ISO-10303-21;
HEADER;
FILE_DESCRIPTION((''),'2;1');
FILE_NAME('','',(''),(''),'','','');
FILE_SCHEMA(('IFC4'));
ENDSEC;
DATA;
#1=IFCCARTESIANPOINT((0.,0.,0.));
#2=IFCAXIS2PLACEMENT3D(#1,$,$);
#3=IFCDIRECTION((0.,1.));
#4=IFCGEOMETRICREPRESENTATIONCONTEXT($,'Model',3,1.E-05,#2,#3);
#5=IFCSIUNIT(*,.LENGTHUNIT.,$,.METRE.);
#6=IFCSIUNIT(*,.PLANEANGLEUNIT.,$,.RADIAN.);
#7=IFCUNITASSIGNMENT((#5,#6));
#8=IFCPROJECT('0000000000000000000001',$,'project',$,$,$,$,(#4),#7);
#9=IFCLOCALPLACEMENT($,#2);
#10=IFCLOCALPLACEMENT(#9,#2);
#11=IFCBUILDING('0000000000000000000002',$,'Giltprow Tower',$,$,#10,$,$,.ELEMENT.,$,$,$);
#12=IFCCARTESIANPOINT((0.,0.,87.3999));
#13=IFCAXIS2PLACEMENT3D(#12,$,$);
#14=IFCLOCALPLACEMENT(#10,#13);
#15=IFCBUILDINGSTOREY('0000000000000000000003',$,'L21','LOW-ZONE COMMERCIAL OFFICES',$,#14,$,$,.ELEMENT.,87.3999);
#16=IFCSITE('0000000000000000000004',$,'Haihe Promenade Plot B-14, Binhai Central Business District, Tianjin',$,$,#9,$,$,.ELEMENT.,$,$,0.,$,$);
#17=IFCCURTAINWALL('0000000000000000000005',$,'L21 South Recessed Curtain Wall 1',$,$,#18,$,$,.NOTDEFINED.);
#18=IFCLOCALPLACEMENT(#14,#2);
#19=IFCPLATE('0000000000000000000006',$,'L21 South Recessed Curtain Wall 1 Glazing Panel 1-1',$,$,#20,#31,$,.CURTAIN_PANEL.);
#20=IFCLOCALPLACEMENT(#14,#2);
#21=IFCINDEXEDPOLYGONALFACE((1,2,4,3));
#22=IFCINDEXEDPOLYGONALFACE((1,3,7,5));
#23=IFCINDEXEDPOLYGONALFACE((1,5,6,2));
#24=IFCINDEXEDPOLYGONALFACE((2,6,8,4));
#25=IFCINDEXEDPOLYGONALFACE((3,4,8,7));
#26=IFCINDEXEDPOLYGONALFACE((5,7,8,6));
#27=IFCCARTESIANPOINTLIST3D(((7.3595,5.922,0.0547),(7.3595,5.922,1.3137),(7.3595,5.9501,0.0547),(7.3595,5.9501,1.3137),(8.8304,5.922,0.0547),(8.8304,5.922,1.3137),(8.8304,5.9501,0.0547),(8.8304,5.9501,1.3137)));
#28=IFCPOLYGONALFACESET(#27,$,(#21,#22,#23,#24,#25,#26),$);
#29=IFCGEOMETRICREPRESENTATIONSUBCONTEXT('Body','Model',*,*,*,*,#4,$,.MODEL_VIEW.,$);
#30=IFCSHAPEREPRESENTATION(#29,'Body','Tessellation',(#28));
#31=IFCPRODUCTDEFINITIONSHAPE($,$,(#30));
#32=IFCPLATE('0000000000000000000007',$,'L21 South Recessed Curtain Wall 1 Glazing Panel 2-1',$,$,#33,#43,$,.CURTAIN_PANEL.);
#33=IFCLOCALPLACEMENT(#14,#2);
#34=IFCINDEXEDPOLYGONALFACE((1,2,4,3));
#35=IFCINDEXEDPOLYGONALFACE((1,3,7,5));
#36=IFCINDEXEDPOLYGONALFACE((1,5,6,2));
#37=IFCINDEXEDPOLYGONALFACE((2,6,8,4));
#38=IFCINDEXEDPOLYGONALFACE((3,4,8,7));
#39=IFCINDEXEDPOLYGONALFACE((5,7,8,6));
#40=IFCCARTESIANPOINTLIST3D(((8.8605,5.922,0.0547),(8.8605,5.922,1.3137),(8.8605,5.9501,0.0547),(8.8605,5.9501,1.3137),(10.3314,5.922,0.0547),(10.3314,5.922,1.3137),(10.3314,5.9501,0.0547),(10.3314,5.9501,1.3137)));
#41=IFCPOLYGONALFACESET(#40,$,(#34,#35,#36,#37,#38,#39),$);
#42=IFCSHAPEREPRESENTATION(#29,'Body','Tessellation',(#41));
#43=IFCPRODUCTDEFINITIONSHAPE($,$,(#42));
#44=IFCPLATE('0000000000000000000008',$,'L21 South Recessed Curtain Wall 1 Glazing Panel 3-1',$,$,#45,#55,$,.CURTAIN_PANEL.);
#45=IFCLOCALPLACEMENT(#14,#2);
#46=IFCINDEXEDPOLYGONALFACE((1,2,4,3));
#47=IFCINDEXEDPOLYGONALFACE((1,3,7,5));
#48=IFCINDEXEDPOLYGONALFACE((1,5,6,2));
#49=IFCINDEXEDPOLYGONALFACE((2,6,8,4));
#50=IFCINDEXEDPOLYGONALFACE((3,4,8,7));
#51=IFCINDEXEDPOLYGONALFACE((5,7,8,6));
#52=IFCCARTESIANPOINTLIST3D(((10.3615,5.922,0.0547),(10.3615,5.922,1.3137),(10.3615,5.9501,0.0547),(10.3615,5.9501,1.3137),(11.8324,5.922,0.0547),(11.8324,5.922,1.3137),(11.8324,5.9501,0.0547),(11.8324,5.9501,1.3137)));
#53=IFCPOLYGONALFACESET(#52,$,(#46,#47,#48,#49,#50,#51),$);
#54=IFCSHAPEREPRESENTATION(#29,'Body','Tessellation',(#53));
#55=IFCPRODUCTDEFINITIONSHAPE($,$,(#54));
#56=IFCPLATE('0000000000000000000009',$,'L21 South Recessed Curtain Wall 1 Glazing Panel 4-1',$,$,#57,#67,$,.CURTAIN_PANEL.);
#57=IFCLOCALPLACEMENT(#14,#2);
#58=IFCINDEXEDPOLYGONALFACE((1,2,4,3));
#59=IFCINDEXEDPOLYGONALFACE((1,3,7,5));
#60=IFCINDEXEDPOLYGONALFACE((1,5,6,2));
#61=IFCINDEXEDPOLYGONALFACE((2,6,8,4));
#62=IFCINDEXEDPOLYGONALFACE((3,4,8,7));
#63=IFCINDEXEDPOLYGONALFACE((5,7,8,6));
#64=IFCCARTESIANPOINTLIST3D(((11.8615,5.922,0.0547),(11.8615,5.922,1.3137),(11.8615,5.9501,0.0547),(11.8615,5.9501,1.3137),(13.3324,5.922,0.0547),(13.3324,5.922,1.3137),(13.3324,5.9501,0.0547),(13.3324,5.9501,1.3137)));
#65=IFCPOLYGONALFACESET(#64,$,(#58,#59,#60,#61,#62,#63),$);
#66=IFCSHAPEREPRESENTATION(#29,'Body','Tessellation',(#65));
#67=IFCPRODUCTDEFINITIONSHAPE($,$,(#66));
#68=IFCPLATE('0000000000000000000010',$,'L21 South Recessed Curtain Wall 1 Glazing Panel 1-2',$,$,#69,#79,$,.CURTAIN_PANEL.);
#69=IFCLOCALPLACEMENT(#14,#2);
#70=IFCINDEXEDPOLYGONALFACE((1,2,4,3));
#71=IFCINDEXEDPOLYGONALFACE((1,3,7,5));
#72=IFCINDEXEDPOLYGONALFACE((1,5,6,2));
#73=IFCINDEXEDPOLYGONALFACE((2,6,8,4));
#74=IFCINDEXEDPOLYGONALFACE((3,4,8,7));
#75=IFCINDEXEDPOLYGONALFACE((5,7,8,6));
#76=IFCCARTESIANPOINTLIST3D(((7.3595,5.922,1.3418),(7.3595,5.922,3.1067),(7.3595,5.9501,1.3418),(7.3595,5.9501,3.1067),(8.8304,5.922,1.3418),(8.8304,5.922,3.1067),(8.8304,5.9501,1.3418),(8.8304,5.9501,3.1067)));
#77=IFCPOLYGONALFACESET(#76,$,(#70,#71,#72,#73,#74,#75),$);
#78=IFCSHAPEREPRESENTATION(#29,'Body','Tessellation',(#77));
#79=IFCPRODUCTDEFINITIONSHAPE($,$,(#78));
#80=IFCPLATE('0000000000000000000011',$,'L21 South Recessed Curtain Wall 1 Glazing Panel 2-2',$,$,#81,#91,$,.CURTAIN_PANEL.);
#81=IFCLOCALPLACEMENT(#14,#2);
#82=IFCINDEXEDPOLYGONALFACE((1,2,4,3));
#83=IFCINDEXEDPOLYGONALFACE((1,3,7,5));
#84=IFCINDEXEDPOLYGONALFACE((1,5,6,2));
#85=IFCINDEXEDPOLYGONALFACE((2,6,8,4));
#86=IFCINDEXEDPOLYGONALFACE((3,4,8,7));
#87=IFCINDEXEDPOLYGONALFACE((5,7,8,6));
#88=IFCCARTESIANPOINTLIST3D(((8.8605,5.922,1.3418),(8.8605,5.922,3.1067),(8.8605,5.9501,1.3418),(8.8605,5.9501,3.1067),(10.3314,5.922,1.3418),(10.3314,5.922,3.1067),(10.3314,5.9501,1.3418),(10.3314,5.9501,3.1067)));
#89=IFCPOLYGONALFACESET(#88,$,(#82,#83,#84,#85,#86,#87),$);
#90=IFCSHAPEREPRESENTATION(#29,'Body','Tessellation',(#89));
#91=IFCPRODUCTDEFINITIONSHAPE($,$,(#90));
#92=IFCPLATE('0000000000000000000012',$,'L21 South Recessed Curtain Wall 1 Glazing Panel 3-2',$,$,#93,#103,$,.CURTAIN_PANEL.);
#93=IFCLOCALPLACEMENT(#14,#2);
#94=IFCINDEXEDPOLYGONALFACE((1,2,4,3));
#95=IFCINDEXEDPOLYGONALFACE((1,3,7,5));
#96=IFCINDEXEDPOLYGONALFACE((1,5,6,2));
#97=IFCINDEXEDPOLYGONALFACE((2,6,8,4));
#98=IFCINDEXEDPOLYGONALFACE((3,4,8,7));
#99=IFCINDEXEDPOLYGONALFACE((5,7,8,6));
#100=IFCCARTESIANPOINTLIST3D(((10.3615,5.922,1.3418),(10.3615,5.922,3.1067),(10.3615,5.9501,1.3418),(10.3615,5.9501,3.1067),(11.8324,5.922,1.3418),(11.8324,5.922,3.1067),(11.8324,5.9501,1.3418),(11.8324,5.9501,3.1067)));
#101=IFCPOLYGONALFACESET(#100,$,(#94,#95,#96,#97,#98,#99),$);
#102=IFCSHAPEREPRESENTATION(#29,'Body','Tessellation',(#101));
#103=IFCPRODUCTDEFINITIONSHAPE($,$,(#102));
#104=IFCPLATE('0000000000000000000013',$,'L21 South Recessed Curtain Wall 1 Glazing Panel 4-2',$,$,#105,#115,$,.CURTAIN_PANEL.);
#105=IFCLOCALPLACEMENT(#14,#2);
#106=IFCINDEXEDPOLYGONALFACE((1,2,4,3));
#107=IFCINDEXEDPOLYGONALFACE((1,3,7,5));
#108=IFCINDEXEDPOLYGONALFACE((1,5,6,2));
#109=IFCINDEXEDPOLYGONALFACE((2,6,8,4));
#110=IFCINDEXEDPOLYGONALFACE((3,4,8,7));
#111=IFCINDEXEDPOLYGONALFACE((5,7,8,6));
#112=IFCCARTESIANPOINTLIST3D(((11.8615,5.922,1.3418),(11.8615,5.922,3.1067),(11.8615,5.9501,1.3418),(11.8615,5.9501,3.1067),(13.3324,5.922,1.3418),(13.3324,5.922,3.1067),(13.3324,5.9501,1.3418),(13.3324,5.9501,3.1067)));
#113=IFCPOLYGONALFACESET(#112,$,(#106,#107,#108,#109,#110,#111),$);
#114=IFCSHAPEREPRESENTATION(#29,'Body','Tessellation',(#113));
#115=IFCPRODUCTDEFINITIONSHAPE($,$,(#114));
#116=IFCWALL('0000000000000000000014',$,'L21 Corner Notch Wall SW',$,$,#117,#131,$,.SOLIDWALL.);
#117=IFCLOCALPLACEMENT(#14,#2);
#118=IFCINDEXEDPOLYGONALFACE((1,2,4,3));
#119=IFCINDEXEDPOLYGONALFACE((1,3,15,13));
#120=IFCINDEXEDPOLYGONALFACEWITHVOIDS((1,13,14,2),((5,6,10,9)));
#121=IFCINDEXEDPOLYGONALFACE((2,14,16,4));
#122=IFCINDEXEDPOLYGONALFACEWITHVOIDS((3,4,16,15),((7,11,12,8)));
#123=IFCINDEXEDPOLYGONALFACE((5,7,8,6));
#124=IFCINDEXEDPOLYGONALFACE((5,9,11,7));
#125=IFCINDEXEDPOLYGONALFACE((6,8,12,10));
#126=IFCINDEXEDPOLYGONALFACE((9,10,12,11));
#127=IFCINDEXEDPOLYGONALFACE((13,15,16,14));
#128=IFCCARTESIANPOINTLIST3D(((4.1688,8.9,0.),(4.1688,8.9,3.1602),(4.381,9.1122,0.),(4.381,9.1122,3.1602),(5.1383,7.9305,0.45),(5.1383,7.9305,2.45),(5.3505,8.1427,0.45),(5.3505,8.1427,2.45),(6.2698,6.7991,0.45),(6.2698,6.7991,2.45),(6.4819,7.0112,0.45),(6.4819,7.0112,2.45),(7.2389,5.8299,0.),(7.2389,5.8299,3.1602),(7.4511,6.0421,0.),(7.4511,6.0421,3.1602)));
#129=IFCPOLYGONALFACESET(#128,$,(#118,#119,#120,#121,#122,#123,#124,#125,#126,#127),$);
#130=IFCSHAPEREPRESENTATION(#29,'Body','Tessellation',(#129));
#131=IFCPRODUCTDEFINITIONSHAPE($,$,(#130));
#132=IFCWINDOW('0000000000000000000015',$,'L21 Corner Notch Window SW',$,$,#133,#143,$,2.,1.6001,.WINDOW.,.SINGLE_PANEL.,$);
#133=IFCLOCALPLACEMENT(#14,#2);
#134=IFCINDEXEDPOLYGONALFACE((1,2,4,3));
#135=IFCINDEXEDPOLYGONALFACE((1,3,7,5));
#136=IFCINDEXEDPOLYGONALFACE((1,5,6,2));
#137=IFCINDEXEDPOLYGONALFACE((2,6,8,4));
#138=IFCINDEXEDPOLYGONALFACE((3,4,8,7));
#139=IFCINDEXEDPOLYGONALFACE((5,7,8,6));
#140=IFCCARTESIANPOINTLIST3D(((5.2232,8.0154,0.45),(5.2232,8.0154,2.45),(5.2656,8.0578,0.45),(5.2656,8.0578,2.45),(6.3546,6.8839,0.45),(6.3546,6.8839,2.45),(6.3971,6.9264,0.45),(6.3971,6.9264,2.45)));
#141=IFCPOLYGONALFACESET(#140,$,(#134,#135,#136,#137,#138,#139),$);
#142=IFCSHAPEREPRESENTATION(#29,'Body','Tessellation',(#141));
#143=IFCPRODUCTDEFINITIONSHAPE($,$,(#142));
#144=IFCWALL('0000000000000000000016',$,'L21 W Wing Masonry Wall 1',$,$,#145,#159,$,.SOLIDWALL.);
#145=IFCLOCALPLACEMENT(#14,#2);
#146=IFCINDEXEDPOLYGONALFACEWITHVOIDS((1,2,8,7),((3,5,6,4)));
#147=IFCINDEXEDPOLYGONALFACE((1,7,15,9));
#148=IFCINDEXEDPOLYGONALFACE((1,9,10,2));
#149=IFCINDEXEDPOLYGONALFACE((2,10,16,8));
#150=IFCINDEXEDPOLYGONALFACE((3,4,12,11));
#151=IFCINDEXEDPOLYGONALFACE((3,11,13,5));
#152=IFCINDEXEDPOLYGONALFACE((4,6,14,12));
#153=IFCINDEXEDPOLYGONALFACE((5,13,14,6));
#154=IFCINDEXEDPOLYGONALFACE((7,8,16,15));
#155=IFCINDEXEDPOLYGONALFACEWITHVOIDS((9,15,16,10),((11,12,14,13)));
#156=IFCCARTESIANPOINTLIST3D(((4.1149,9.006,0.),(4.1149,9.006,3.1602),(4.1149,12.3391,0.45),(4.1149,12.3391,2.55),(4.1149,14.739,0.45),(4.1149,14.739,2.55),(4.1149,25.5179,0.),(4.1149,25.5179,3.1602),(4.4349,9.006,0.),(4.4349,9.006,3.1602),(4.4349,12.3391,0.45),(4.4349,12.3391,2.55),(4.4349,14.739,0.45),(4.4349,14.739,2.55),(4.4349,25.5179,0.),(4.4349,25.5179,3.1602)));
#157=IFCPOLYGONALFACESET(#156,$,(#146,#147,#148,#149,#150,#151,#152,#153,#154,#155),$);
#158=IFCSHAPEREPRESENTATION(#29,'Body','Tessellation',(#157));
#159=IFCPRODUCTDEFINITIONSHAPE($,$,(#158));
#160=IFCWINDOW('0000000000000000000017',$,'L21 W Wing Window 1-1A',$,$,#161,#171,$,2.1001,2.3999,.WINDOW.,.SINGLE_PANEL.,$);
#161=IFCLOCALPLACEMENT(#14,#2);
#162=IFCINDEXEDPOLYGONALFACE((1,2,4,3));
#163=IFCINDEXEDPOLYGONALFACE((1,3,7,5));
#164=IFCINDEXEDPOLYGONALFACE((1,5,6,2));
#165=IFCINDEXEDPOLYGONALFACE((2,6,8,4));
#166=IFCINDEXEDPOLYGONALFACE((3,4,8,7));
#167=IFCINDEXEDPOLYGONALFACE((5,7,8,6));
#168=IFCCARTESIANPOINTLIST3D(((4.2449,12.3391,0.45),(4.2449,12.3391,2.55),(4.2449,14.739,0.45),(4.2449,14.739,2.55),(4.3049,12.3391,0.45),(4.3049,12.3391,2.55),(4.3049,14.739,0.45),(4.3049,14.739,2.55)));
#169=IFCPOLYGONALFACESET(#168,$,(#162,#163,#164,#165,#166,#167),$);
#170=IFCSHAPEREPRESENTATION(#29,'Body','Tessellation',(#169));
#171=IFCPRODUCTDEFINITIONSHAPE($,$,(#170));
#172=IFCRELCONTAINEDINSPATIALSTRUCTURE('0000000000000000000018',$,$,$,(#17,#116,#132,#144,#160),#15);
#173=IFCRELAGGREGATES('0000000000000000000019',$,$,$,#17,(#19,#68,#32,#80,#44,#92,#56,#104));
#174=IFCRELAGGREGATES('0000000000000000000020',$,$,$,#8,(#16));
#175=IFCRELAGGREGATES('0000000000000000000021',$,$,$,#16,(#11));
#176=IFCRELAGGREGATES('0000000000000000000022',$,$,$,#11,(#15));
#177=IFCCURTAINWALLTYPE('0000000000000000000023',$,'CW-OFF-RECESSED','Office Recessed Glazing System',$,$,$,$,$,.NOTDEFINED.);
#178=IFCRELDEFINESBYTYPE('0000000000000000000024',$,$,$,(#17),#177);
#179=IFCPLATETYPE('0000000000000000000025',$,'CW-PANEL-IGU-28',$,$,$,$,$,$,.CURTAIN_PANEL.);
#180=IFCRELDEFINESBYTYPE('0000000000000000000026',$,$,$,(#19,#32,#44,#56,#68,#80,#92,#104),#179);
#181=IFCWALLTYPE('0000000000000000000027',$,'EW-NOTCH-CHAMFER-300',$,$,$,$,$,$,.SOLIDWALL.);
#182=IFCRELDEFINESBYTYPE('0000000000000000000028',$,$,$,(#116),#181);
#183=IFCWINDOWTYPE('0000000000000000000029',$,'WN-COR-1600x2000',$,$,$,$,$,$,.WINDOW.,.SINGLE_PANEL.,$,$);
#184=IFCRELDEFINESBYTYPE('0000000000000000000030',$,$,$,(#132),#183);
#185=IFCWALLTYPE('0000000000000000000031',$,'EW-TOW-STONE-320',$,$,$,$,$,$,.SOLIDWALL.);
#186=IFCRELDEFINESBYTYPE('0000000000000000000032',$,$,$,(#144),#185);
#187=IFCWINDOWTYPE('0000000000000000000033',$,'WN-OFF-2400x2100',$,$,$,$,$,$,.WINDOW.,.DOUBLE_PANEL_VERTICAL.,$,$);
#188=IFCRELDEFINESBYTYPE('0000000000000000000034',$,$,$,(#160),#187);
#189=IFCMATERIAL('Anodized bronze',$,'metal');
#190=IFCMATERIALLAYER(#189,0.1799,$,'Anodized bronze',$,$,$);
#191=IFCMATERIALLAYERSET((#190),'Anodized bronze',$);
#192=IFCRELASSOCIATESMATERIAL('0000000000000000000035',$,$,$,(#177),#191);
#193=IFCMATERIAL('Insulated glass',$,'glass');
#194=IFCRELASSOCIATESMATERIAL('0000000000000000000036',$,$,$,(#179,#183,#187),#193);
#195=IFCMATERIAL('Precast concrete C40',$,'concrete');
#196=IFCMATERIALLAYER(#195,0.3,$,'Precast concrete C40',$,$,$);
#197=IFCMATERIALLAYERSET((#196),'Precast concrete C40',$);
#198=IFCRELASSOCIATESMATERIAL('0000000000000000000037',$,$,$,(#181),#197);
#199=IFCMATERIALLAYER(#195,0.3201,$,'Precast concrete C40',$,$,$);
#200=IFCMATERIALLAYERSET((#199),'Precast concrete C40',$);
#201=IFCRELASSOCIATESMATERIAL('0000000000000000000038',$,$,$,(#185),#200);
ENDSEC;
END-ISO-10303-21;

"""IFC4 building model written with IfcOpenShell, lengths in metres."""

from ifc_helpers import new_model, si_unit, direction, frame, frame_2d, origin, origin_2d, place, context, subcontext, project, spatial, rectangle, extrude, source, transform, mapped, material, layer, layer_set, type_object, element, fill, aggregate, save


model = new_model("IFC4")

# Units and contexts
model_context = context("Model", 3, precision=1e-05, world=origin(), true_north=direction((0.0, 1.0)))
body_context = subcontext(model_context, "Body", "Model", "MODEL_VIEW")
ifc_project = project(units=[si_unit("LENGTHUNIT", "METRE"), si_unit("PLANEANGLEUNIT", "RADIAN")], contexts=[model_context])

# Site, building, storey
site_placement = place(None, origin())
site = spatial("IfcSite", under=ifc_project, at=site_placement, Name="Haihe Promenade Plot B-14, Binhai Central Business District, Tianjin", CompositionType="ELEMENT", RefElevation=0.0)
building_placement = place(site_placement, origin())
building = spatial("IfcBuilding", under=site, at=building_placement, Name="Giltprow Tower", CompositionType="ELEMENT")
storey_placement = place(building_placement, frame((0.0, 0.0, 87.3999)))
storey = spatial("IfcBuildingStorey", under=building, at=storey_placement, Name="L21", Description="LOW-ZONE COMMERCIAL OFFICES", CompositionType="ELEMENT", Elevation=87.3999)

# Curtain wall
ifc_material_1 = material(Name="Anodized bronze", Category="metal")
ifc_layer_1 = layer(ifc_material_1, 0.1799, Name="Anodized bronze")
ifc_layer_set_1 = layer_set([ifc_layer_1], Name="Anodized bronze")
curtain_wall_type = type_object("IfcCurtainWallType", Name="CW-OFF-RECESSED", Description="Office Recessed Glazing System", PredefinedType="NOTDEFINED", material=ifc_layer_set_1)
curtain_wall_placement = place(storey_placement, origin())
curtain_wall = element("IfcCurtainWall", 1, at=curtain_wall_placement, inside=storey, type_object=curtain_wall_type, Name="L21 South Recessed Curtain Wall 1", PredefinedType="NOTDEFINED")

# Plates
ifc_material_2 = material(Name="Insulated glass", Category="glass")
plate_type = type_object("IfcPlateType", Name="CW-PANEL-IGU-28", PredefinedType="CURTAIN_PANEL", material=ifc_material_2)
shared_shape_1 = source(origin(), body_context, "Body", "SweptSolid", [
    extrude(rectangle(XDim=1.4709, YDim=0.0281, at=origin_2d()), origin(), (0.0, 0.0, 1.0), 1.259),
])
plate_1_placement = place(storey_placement, frame((8.095, 5.936, 0.0547), z_axis=(0.0, 0.0, 1.0), x_axis=(1.0, 0.0, 0.0)))
plate_1 = element("IfcPlate", 2, at=plate_1_placement, type_object=plate_type, Name="L21 South Recessed Curtain Wall 1 Glazing Panel 1-1", PredefinedType="CURTAIN_PANEL", context=body_context, shape_type="MappedRepresentation", body=[
    mapped(shared_shape_1, transform((0.0, 0.0, 0.0), x_axis=(1.0, 0.0, 0.0), y_axis=(0.0, 1.0, 0.0), z_axis=(0.0, 0.0, 1.0), scale=1.0)),
])
plate_2_placement = place(storey_placement, frame((9.5959, 5.936, 0.0547), z_axis=(0.0, 0.0, 1.0), x_axis=(1.0, 0.0, 0.0)))
plate_2 = element("IfcPlate", 3, at=plate_2_placement, type_object=plate_type, Name="L21 South Recessed Curtain Wall 1 Glazing Panel 2-1", PredefinedType="CURTAIN_PANEL", context=body_context, shape_type="MappedRepresentation", body=[
    mapped(shared_shape_1, transform((0.0, 0.0, 0.0), x_axis=(1.0, 0.0, 0.0), y_axis=(0.0, 1.0, 0.0), z_axis=(0.0, 0.0, 1.0), scale=1.0)),
])
plate_3_placement = place(storey_placement, frame((11.0969, 5.936, 0.0547), z_axis=(0.0, 0.0, 1.0), x_axis=(1.0, 0.0, 0.0)))
plate_3 = element("IfcPlate", 4, at=plate_3_placement, type_object=plate_type, Name="L21 South Recessed Curtain Wall 1 Glazing Panel 3-1", PredefinedType="CURTAIN_PANEL", context=body_context, shape_type="MappedRepresentation", body=[
    mapped(shared_shape_1, transform((0.0, 0.0, 0.0), x_axis=(1.0, 0.0, 0.0), y_axis=(0.0, 1.0, 0.0), z_axis=(0.0, 0.0, 1.0), scale=1.0)),
])
plate_4_placement = place(storey_placement, frame((12.5969, 5.936, 0.0547), z_axis=(0.0, 0.0, 1.0), x_axis=(1.0, 0.0, 0.0)))
plate_4 = element("IfcPlate", 5, at=plate_4_placement, type_object=plate_type, Name="L21 South Recessed Curtain Wall 1 Glazing Panel 4-1", PredefinedType="CURTAIN_PANEL", context=body_context, shape_type="MappedRepresentation", body=[
    mapped(shared_shape_1, transform((0.0, 0.0, 0.0), x_axis=(1.0, 0.0, 0.0), y_axis=(0.0, 1.0, 0.0), z_axis=(0.0, 0.0, 1.0), scale=1.0)),
])
shared_shape_2 = source(origin(), body_context, "Body", "SweptSolid", [
    extrude(rectangle(XDim=1.4709, YDim=0.0281, at=origin_2d()), origin(), (0.0, 0.0, 1.0), 1.7649),
])
plate_5_placement = place(storey_placement, frame((8.095, 5.936, 1.3418), z_axis=(0.0, 0.0, 1.0), x_axis=(1.0, 0.0, 0.0)))
plate_5 = element("IfcPlate", 6, at=plate_5_placement, type_object=plate_type, Name="L21 South Recessed Curtain Wall 1 Glazing Panel 1-2", PredefinedType="CURTAIN_PANEL", context=body_context, shape_type="MappedRepresentation", body=[
    mapped(shared_shape_2, transform((0.0, 0.0, 0.0), x_axis=(1.0, 0.0, 0.0), y_axis=(0.0, 1.0, 0.0), z_axis=(0.0, 0.0, 1.0), scale=1.0)),
])
plate_6_placement = place(storey_placement, frame((9.5959, 5.936, 1.3418), z_axis=(0.0, 0.0, 1.0), x_axis=(1.0, 0.0, 0.0)))
plate_6 = element("IfcPlate", 7, at=plate_6_placement, type_object=plate_type, Name="L21 South Recessed Curtain Wall 1 Glazing Panel 2-2", PredefinedType="CURTAIN_PANEL", context=body_context, shape_type="MappedRepresentation", body=[
    mapped(shared_shape_2, transform((0.0, 0.0, 0.0), x_axis=(1.0, 0.0, 0.0), y_axis=(0.0, 1.0, 0.0), z_axis=(0.0, 0.0, 1.0), scale=1.0)),
])
plate_7_placement = place(storey_placement, frame((11.0969, 5.936, 1.3418), z_axis=(0.0, 0.0, 1.0), x_axis=(1.0, 0.0, 0.0)))
plate_7 = element("IfcPlate", 8, at=plate_7_placement, type_object=plate_type, Name="L21 South Recessed Curtain Wall 1 Glazing Panel 3-2", PredefinedType="CURTAIN_PANEL", context=body_context, shape_type="MappedRepresentation", body=[
    mapped(shared_shape_2, transform((0.0, 0.0, 0.0), x_axis=(1.0, 0.0, 0.0), y_axis=(0.0, 1.0, 0.0), z_axis=(0.0, 0.0, 1.0), scale=1.0)),
])
plate_8_placement = place(storey_placement, frame((12.5969, 5.936, 1.3418), z_axis=(0.0, 0.0, 1.0), x_axis=(1.0, 0.0, 0.0)))
plate_8 = element("IfcPlate", 9, at=plate_8_placement, type_object=plate_type, Name="L21 South Recessed Curtain Wall 1 Glazing Panel 4-2", PredefinedType="CURTAIN_PANEL", context=body_context, shape_type="MappedRepresentation", body=[
    mapped(shared_shape_2, transform((0.0, 0.0, 0.0), x_axis=(1.0, 0.0, 0.0), y_axis=(0.0, 1.0, 0.0), z_axis=(0.0, 0.0, 1.0), scale=1.0)),
])
aggregate(curtain_wall, [plate_1, plate_5, plate_2, plate_6, plate_3, plate_7, plate_4, plate_8])

# Walls, openings, windows
ifc_material_3 = material(Name="Precast concrete C40", Category="concrete")
ifc_layer_2 = layer(ifc_material_3, 0.3, Name="Precast concrete C40")
ifc_layer_set_2 = layer_set([ifc_layer_2], Name="Precast concrete C40")
wall_type_1 = type_object("IfcWallType", Name="EW-NOTCH-CHAMFER-300", PredefinedType="SOLIDWALL", material=ifc_layer_set_2)
wall_1_placement = place(storey_placement, frame((4.2749, 9.0061, 0.0), z_axis=(0.0, 0.0, 1.0), x_axis=(0.707107, -0.707107, 0.0)))
wall_1 = element("IfcWall", 10, at=wall_1_placement, inside=storey, type_object=wall_type_1, Name="L21 Corner Notch Wall SW", PredefinedType="SOLIDWALL", context=body_context, shape_type="SweptSolid", body=[
    extrude(rectangle(XDim=4.3418, YDim=0.3, at=frame_2d((2.1709, 0.0))), origin(), (0.0, 0.0, 1.0), 3.1602),
])
opening_1_placement = place(wall_1_placement, frame((1.3711, 0.0, 0.45)))
opening_1 = element("IfcOpeningElement", 11, at=opening_1_placement, cuts=wall_1, PredefinedType="OPENING", context=body_context, shape_type="SweptSolid", body=[
    extrude(rectangle(XDim=1.6001, YDim=2.0, at=frame_2d((0.8, 1.0))), frame((0.0, 0.1599, 0.0), z_axis=(0.0, -1.0, 0.0), x_axis=(1.0, 0.0, 0.0)), (0.0, 0.0, 1.0), 0.3201),
])
window_type_1 = type_object("IfcWindowType", Name="WN-COR-1600x2000", PartitioningType="SINGLE_PANEL", PredefinedType="WINDOW", material=ifc_material_2)
shared_shape_3 = source(origin(), body_context, "Body", "SweptSolid", [
    extrude(rectangle(XDim=1.6001, YDim=2.0, at=frame_2d((0.8, 1.0))), frame((0.0, 0.03, 0.0), z_axis=(0.0, -1.0, 0.0), x_axis=(1.0, 0.0, 0.0)), (0.0, 0.0, 1.0), 0.0601),
])
window_1_placement = place(opening_1_placement, origin())
window_1 = element("IfcWindow", 12, at=window_1_placement, inside=storey, type_object=window_type_1, Name="L21 Corner Notch Window SW", OverallHeight=2.0, OverallWidth=1.6001, PartitioningType="SINGLE_PANEL", PredefinedType="WINDOW", context=body_context, shape_type="MappedRepresentation", body=[
    mapped(shared_shape_3, transform((0.0, 0.0, 0.0), x_axis=(1.0, 0.0, 0.0), y_axis=(0.0, 1.0, 0.0), z_axis=(0.0, 0.0, 1.0), scale=1.0)),
])
fill(opening_1, window_1)
ifc_layer_3 = layer(ifc_material_3, 0.3201, Name="Precast concrete C40")
ifc_layer_set_3 = layer_set([ifc_layer_3], Name="Precast concrete C40")
wall_type_2 = type_object("IfcWallType", Name="EW-TOW-STONE-320", PredefinedType="SOLIDWALL", material=ifc_layer_set_3)
wall_2_placement = place(storey_placement, frame((4.2749, 9.0061, 0.0), z_axis=(0.0, 0.0, 1.0), x_axis=(0.0, 1.0, 0.0)))
wall_2 = element("IfcWall", 13, at=wall_2_placement, inside=storey, type_object=wall_type_2, Name="L21 W Wing Masonry Wall 1", PredefinedType="SOLIDWALL", context=body_context, shape_type="SweptSolid", body=[
    extrude(rectangle(XDim=16.512, YDim=0.3201, at=frame_2d((8.2559, 0.0))), origin(), (0.0, 0.0, 1.0), 3.1602),
])
opening_2_placement = place(wall_2_placement, frame((3.333, 0.0, 0.45)))
opening_2 = element("IfcOpeningElement", 14, at=opening_2_placement, cuts=wall_2, PredefinedType="OPENING", context=body_context, shape_type="SweptSolid", body=[
    extrude(rectangle(XDim=2.3999, YDim=2.1001, at=frame_2d((1.2, 1.05))), frame((0.0, 0.1699, 0.0), z_axis=(0.0, -1.0, 0.0), x_axis=(1.0, 0.0, 0.0)), (0.0, 0.0, 1.0), 0.3401),
])
window_type_2 = type_object("IfcWindowType", Name="WN-OFF-2400x2100", PartitioningType="DOUBLE_PANEL_VERTICAL", PredefinedType="WINDOW", material=ifc_material_2)
shared_shape_4 = source(origin(), body_context, "Body", "SweptSolid", [
    extrude(rectangle(XDim=2.3999, YDim=2.1001, at=frame_2d((1.2, 1.05))), frame((0.0, 0.03, 0.0), z_axis=(0.0, -1.0, 0.0), x_axis=(1.0, 0.0, 0.0)), (0.0, 0.0, 1.0), 0.0601),
])
window_2_placement = place(opening_2_placement, origin())
window_2 = element("IfcWindow", 15, at=window_2_placement, inside=storey, type_object=window_type_2, Name="L21 W Wing Window 1-1A", OverallHeight=2.1001, OverallWidth=2.3999, PartitioningType="SINGLE_PANEL", PredefinedType="WINDOW", context=body_context, shape_type="MappedRepresentation", body=[
    mapped(shared_shape_4, transform((0.0, 0.0, 0.0), x_axis=(1.0, 0.0, 0.0), y_axis=(0.0, 1.0, 0.0), z_axis=(0.0, 0.0, 1.0), scale=1.0)),
])
fill(opening_2, window_2)

save(model, "model.ifc")
